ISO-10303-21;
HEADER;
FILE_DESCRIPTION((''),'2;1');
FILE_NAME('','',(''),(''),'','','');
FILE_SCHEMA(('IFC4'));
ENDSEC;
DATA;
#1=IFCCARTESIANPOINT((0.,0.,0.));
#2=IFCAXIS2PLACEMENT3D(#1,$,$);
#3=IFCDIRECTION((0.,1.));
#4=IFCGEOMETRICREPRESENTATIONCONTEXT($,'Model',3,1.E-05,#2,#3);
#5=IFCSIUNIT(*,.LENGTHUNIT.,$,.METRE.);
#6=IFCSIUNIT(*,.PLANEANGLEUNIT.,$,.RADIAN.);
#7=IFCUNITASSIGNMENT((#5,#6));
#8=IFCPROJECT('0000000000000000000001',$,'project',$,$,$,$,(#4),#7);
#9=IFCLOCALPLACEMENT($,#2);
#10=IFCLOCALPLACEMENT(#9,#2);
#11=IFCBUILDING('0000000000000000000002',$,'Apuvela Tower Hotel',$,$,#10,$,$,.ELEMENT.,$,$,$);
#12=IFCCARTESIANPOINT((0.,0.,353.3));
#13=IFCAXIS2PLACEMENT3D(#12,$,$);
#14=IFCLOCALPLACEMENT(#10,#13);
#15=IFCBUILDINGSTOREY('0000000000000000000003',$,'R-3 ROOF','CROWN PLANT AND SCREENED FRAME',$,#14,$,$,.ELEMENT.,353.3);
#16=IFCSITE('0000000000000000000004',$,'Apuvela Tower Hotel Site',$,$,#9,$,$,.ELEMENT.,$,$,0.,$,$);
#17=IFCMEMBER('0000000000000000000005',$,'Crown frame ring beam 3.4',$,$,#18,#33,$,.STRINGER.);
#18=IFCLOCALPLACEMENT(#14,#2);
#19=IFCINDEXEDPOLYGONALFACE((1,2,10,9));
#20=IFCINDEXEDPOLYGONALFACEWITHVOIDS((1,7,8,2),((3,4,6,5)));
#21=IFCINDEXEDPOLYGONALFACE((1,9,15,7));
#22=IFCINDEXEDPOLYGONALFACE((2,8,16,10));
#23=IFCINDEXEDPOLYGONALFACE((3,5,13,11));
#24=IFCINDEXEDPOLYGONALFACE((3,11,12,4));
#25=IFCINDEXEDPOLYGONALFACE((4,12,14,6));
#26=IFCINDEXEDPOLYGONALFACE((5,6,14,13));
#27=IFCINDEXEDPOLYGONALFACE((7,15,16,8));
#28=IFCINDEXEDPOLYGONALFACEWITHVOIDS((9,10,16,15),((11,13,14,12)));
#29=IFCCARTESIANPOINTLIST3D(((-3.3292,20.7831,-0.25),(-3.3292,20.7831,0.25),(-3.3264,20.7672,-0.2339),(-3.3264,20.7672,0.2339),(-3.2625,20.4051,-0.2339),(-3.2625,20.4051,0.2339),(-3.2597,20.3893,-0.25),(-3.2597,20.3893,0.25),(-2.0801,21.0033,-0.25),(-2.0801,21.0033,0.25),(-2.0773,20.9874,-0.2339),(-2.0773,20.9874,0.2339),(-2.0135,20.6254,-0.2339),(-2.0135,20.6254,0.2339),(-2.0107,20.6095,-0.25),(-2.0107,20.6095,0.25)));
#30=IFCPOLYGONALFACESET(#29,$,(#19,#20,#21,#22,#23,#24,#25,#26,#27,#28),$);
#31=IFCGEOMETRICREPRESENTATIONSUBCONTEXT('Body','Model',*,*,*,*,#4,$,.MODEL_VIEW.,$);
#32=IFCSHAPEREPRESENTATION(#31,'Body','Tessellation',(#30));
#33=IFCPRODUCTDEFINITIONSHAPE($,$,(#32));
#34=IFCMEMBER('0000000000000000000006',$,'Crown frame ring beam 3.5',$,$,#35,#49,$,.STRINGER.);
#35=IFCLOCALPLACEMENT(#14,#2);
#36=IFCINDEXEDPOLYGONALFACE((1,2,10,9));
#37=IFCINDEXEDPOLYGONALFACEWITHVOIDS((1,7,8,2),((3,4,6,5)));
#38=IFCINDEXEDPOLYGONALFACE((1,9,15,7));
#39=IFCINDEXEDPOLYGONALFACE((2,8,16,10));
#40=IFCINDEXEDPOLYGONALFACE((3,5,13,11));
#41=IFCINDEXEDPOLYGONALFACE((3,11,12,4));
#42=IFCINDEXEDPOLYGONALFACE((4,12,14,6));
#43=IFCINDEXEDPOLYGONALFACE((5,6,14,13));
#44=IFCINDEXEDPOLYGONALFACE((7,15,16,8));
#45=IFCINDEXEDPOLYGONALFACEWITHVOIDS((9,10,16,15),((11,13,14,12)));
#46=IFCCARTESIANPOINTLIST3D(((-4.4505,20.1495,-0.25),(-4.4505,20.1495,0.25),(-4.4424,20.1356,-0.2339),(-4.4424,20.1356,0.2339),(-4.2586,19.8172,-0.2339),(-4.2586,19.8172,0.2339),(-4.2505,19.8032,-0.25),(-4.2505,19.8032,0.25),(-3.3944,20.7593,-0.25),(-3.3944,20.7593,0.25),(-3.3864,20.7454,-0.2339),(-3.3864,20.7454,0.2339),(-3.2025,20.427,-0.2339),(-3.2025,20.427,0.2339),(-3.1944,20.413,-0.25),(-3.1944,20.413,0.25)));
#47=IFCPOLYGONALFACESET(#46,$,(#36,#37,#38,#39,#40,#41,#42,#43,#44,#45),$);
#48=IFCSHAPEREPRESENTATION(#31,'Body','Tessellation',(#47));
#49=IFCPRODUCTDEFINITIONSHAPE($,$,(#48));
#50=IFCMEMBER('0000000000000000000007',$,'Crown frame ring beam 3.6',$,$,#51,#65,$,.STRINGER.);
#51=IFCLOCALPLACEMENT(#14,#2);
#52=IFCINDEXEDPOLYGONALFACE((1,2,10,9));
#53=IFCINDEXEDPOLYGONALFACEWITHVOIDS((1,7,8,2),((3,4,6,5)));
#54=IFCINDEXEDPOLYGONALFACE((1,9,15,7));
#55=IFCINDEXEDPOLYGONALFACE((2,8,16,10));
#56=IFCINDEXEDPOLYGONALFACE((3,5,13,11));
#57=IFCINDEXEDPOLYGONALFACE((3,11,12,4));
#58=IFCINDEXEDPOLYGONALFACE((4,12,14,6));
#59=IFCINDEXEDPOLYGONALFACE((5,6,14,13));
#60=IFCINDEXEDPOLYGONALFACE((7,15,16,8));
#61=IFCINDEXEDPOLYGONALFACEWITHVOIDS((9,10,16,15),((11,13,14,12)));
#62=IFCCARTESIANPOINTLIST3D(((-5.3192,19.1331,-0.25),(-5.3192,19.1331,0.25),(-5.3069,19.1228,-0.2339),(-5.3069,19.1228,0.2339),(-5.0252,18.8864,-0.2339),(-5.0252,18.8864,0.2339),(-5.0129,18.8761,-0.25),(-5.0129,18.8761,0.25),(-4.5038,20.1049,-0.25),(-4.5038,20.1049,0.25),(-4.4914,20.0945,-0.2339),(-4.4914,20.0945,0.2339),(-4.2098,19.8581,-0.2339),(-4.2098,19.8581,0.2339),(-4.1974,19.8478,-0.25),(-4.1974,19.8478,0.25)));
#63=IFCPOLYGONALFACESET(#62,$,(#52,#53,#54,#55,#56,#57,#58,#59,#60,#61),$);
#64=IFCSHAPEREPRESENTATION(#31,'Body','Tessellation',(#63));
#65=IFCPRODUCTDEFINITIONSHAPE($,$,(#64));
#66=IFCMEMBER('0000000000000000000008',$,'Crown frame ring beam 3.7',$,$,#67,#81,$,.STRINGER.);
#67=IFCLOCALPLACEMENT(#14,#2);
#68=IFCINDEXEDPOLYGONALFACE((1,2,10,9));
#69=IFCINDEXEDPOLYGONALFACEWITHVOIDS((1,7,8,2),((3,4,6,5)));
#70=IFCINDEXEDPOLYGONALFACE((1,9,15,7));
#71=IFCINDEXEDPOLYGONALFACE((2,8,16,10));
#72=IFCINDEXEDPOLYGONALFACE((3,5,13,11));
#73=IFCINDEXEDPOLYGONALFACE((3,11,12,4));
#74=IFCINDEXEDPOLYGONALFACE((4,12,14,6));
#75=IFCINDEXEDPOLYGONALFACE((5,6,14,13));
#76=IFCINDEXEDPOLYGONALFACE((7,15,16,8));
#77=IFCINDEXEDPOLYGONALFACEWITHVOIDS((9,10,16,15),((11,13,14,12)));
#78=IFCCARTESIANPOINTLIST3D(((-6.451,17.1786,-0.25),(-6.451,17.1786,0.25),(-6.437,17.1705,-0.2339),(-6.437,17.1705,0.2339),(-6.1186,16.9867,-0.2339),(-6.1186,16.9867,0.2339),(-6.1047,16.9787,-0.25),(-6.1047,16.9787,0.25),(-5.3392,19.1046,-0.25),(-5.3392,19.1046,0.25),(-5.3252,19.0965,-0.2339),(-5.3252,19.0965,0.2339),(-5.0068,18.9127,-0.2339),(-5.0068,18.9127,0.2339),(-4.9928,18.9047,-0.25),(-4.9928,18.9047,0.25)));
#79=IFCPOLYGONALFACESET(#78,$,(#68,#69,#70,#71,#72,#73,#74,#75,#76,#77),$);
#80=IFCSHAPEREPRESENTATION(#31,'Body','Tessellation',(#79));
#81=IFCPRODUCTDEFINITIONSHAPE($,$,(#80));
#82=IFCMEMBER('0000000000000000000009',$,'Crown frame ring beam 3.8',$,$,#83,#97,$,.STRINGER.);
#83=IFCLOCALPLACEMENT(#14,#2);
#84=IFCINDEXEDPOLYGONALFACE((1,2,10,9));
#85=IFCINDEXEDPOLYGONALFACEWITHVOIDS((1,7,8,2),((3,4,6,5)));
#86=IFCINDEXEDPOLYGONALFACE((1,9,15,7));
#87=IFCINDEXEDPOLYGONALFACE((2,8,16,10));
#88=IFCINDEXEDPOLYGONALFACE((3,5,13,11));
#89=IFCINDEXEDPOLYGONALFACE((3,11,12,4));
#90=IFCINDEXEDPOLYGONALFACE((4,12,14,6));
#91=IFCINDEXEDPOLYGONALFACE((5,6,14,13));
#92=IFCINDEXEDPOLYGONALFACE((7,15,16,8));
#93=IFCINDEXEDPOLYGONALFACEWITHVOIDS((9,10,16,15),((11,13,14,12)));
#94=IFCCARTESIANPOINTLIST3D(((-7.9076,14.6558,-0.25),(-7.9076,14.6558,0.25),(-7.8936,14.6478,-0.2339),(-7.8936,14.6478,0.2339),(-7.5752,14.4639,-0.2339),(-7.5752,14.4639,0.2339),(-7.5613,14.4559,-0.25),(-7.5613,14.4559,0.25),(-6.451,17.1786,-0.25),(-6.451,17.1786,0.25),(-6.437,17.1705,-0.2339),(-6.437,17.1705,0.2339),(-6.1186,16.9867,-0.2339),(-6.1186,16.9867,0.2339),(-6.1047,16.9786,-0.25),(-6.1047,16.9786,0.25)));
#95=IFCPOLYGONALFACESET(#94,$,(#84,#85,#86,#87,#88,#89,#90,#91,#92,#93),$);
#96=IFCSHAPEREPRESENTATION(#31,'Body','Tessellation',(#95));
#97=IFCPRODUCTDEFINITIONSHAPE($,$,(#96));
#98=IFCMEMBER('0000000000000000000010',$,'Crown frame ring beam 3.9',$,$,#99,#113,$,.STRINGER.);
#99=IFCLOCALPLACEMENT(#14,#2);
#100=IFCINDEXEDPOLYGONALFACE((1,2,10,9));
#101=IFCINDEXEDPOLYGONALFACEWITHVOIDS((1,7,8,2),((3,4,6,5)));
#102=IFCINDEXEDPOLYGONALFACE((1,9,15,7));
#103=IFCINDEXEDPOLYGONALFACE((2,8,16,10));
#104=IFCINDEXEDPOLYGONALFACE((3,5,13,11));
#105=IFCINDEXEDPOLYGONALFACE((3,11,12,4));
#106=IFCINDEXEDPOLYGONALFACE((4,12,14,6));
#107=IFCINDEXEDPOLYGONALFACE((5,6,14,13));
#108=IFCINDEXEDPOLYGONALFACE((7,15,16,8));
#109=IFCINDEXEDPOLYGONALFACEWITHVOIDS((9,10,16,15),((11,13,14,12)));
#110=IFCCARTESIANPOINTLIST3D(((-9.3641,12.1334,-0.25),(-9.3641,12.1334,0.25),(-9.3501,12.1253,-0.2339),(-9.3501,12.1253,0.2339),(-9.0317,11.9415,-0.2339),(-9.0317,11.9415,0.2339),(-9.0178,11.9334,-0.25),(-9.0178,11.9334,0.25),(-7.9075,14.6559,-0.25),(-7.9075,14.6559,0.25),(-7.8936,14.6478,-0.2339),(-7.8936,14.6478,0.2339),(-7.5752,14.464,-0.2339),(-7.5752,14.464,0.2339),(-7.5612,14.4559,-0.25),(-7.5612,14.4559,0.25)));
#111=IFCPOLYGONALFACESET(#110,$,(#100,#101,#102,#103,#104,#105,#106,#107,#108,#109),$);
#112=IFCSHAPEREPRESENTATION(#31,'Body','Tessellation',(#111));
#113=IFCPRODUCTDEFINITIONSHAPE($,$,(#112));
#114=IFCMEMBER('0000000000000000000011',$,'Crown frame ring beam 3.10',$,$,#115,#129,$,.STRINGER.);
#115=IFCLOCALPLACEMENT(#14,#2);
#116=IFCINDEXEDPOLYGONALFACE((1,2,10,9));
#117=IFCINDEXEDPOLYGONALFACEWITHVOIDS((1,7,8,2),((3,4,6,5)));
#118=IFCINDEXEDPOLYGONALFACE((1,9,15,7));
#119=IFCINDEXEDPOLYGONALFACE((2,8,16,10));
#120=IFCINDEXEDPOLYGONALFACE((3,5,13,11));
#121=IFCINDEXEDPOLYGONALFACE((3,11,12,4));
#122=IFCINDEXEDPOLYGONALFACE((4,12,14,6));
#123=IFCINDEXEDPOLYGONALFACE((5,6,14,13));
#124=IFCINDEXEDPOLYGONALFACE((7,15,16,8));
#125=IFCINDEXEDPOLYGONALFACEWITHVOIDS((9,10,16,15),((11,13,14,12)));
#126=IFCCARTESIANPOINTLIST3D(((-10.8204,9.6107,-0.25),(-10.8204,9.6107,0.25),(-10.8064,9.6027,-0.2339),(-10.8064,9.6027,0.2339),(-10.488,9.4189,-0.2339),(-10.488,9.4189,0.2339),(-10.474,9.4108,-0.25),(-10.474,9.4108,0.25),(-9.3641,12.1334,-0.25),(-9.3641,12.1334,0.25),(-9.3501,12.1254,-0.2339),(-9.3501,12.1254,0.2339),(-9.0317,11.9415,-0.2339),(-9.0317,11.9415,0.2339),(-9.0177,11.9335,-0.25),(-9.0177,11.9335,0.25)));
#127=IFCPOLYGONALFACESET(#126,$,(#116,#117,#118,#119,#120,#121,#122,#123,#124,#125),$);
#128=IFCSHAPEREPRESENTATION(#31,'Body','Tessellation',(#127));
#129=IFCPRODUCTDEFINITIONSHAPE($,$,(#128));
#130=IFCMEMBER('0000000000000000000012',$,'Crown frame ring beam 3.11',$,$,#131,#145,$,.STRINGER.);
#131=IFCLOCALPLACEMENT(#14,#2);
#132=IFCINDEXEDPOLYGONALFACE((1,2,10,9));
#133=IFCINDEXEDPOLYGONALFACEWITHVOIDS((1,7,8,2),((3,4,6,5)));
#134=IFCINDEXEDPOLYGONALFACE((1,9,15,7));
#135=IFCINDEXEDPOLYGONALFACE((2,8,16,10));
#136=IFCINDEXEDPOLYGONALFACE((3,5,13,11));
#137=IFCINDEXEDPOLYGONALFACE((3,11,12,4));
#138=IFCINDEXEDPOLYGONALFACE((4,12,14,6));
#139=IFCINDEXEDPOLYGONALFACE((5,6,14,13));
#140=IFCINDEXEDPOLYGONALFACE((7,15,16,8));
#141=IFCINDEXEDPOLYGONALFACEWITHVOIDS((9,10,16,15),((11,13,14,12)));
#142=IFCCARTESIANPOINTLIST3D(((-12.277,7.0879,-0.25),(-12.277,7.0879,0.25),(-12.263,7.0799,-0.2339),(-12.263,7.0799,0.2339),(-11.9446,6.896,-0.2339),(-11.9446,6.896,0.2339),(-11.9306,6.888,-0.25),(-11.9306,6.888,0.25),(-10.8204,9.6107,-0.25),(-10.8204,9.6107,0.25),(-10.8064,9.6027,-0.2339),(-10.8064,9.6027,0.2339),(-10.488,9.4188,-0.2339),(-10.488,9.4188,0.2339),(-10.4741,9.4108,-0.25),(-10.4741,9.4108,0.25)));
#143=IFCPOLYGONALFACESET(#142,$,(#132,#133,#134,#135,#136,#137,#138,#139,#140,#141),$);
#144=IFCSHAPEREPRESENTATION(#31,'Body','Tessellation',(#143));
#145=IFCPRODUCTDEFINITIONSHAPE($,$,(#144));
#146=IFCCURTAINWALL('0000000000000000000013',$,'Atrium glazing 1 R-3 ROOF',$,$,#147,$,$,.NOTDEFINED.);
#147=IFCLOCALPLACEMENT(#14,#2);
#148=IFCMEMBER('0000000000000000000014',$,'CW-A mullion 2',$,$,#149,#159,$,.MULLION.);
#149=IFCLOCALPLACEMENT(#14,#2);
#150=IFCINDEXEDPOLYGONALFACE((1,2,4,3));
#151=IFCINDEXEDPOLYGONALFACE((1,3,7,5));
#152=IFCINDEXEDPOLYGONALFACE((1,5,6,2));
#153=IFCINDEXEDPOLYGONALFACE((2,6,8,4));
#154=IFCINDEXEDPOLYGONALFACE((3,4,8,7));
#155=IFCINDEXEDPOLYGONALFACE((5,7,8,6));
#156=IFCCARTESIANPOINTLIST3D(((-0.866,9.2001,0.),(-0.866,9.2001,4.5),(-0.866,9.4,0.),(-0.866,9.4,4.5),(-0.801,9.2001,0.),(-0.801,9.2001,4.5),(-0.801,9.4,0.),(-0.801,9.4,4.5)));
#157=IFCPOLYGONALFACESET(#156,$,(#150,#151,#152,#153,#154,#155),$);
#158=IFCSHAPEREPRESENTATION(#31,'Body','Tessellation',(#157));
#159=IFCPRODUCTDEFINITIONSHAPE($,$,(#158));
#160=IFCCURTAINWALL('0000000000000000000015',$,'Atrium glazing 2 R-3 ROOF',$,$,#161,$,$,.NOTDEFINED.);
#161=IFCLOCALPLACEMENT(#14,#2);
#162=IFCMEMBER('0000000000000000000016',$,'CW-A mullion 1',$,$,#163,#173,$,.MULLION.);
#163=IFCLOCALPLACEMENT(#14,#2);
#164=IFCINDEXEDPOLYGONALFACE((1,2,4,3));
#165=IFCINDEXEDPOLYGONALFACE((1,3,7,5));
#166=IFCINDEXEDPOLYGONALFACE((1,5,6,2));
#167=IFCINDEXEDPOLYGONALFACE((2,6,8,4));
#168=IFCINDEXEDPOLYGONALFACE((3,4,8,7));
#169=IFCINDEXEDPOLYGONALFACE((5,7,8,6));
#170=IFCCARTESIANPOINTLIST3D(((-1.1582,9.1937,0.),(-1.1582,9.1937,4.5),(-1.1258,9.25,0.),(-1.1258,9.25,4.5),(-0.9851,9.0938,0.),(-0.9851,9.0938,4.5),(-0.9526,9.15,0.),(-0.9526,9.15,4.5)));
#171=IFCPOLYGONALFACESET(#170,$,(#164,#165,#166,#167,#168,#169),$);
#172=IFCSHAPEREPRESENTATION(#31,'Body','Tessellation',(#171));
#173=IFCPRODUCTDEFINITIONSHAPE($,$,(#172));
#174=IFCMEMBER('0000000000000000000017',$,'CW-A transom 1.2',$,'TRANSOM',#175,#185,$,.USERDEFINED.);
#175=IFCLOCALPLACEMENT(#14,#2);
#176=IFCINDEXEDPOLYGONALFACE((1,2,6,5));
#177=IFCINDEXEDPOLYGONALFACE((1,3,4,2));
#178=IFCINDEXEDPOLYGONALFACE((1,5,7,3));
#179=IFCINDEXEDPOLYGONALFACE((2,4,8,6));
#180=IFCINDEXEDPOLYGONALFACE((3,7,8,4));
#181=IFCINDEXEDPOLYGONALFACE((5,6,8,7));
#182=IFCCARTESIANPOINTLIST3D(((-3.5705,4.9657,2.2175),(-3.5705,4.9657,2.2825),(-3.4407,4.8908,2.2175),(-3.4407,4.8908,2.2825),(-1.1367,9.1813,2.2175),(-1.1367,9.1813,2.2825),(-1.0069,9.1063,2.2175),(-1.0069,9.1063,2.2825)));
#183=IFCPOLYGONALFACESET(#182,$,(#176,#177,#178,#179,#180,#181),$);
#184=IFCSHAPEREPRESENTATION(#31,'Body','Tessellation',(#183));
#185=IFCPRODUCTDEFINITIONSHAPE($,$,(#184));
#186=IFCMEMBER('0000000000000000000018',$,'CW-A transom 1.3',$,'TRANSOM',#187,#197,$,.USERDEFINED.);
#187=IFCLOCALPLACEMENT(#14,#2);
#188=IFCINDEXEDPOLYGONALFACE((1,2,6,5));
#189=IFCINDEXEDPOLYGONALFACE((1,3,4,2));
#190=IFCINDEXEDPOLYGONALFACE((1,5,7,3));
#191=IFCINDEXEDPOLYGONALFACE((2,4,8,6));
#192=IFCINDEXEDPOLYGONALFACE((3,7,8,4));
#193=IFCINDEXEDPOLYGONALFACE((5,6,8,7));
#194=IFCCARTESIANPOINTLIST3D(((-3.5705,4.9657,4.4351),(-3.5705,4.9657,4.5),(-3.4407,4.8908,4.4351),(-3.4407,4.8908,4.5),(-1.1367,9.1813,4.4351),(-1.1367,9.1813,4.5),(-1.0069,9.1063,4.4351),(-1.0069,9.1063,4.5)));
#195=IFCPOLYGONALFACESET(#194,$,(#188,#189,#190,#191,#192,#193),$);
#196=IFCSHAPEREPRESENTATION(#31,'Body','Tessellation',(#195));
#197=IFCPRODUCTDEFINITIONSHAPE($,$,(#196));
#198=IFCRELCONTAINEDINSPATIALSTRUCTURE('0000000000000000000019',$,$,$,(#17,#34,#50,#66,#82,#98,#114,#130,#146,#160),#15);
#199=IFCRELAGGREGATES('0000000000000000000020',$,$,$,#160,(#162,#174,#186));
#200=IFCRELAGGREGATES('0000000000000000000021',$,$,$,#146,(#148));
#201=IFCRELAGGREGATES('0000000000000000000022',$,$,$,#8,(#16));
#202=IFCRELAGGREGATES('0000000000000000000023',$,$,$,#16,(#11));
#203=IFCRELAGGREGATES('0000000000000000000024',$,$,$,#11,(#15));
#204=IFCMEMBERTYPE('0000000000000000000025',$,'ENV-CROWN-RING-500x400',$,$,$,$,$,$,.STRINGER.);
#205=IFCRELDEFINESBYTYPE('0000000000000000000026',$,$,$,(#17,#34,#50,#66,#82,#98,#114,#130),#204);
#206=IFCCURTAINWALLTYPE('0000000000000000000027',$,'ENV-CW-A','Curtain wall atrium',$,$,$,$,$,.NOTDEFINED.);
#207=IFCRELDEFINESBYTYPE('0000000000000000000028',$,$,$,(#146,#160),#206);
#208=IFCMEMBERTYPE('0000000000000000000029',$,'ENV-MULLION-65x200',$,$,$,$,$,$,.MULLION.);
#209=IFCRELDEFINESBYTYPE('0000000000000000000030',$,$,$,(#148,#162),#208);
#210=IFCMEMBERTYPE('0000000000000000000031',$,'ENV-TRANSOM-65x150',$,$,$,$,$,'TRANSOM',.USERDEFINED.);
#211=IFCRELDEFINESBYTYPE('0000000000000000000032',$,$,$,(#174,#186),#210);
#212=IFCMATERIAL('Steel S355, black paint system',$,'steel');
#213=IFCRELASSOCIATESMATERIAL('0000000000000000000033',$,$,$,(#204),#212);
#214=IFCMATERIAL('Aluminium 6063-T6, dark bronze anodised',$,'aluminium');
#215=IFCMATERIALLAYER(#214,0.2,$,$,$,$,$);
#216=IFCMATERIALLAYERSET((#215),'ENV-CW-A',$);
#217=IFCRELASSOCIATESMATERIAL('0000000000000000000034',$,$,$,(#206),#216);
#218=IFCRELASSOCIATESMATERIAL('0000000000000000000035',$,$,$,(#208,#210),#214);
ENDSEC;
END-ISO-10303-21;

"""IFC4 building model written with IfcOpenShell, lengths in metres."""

from ifc_helpers import new_model, si_unit, direction, frame, origin, origin_2d, place, context, subcontext, project, spatial, rectangle, hollow_rectangle, extrude, material, layer, layer_set, material_profile, profile_set, type_object, element, aggregate, save


model = new_model("IFC4")

# Units and contexts
model_context = context("Model", 3, precision=1e-05, world=origin(), true_north=direction((0.0, 1.0)))
body_context = subcontext(model_context, "Body", "Model", "MODEL_VIEW")
ifc_project = project(units=[si_unit("LENGTHUNIT", "METRE"), si_unit("PLANEANGLEUNIT", "RADIAN")], contexts=[model_context])

# Site, building, storey
site_placement = place(None, origin())
site = spatial("IfcSite", under=ifc_project, at=site_placement, Name="Apuvela Tower Hotel Site", CompositionType="ELEMENT", RefElevation=0.0)
building_placement = place(site_placement, origin())
building = spatial("IfcBuilding", under=site, at=building_placement, Name="Apuvela Tower Hotel", CompositionType="ELEMENT")
storey_placement = place(building_placement, frame((0.0, 0.0, 353.3)))
storey = spatial("IfcBuildingStorey", under=building, at=storey_placement, Name="R-3 ROOF", Description="CROWN PLANT AND SCREENED FRAME", CompositionType="ELEMENT", Elevation=353.3)

# Members
ifc_material_1 = material(Name="Steel S355, black paint system", Category="steel")
ifc_material_profile_1 = material_profile(ifc_material_1, hollow_rectangle(XDim=0.3999, YDim=0.5, WallThickness=0.0161, at=origin_2d()), Name="HSS 500x400x16")
ifc_profile_set_1 = profile_set([ifc_material_profile_1], Name="Steel S355, black paint system")
member_type_1 = type_object("IfcMemberType", Name="ENV-CROWN-RING-500x400", PredefinedType="STRINGER", material=ifc_profile_set_1)
member_1_placement = place(storey_placement, frame((-2.0454, 20.8064, 0.0), z_axis=(-0.984811, -0.173632, 0.0), x_axis=(0.173632, -0.984811, 0.0)))
element("IfcMember", 1, at=member_1_placement, inside=storey, type_object=member_type_1, Name="Crown frame ring beam 3.4", PredefinedType="STRINGER", context=body_context, shape_type="SweptSolid", body=[
    extrude(hollow_rectangle(XDim=0.3999, YDim=0.5, WallThickness=0.0161, at=origin_2d()), origin(), (0.0, 0.0, 1.0), 1.2683),
])
member_2_placement = place(storey_placement, frame((-3.2944, 20.5862, 0.0), z_axis=(-0.865992, -0.500057, 0.0), x_axis=(0.500057, -0.865992, 0.0)))
element("IfcMember", 2, at=member_2_placement, inside=storey, type_object=member_type_1, Name="Crown frame ring beam 3.5", PredefinedType="STRINGER", context=body_context, shape_type="SweptSolid", body=[
    extrude(hollow_rectangle(XDim=0.3999, YDim=0.5, WallThickness=0.0161, at=origin_2d()), origin(), (0.0, 0.0, 1.0), 1.2195),
])
member_3_placement = place(storey_placement, frame((-4.3506, 19.9763, 0.0), z_axis=(-0.642831, -0.766008, 0.0), x_axis=(0.766008, -0.642831, 0.0)))
element("IfcMember", 3, at=member_3_placement, inside=storey, type_object=member_type_1, Name="Crown frame ring beam 3.6", PredefinedType="STRINGER", context=body_context, shape_type="SweptSolid", body=[
    extrude(hollow_rectangle(XDim=0.3999, YDim=0.5, WallThickness=0.0161, at=origin_2d()), origin(), (0.0, 0.0, 1.0), 1.2686),
])
member_4_placement = place(storey_placement, frame((-5.166, 19.0046, 0.0), z_axis=(-0.499941, -0.866059, 0.0), x_axis=(0.866059, -0.499941, 0.0)))
element("IfcMember", 4, at=member_4_placement, inside=storey, type_object=member_type_1, Name="Crown frame ring beam 3.7", PredefinedType="STRINGER", context=body_context, shape_type="SweptSolid", body=[
    extrude(hollow_rectangle(XDim=0.3999, YDim=0.5, WallThickness=0.0161, at=origin_2d()), origin(), (0.0, 0.0, 1.0), 2.2239),
])
member_5_placement = place(storey_placement, frame((-6.2778, 17.0786, 0.0), z_axis=(-0.500015, -0.866017, 0.0), x_axis=(0.866017, -0.500015, 0.0)))
element("IfcMember", 5, at=member_5_placement, inside=storey, type_object=member_type_1, Name="Crown frame ring beam 3.8", PredefinedType="STRINGER", context=body_context, shape_type="SweptSolid", body=[
    extrude(hollow_rectangle(XDim=0.3999, YDim=0.5, WallThickness=0.0161, at=origin_2d()), origin(), (0.0, 0.0, 1.0), 2.9131),
])
for number, where, z_axis, x_axis, name in (
    (6, (-7.7344, 14.5559, 0.0), (-0.500051, -0.865996, 0.0), (0.865996, -0.500051, 0.0), "Crown frame ring beam 3.9"),
    (7, (-9.1909, 12.0334, 0.0), (-0.499952, -0.866053, 0.0), (0.866053, -0.499952, 0.0), "Crown frame ring beam 3.10"),
):
    element("IfcMember", number, at=place(storey_placement, frame(where, z_axis=z_axis, x_axis=x_axis)), inside=storey, type_object=member_type_1, Name=name, PredefinedType="STRINGER", context=body_context, shape_type="SweptSolid", body=[
        extrude(hollow_rectangle(XDim=0.3999, YDim=0.5, WallThickness=0.0161, at=origin_2d()), origin(), (0.0, 0.0, 1.0), 2.9128),
    ])
member_6_placement = place(storey_placement, frame((-10.6472, 9.5107, 0.0), z_axis=(-0.500015, -0.866017, 0.0), x_axis=(0.866017, -0.500015, 0.0)))
element("IfcMember", 8, at=member_6_placement, inside=storey, type_object=member_type_1, Name="Crown frame ring beam 3.11", PredefinedType="STRINGER", context=body_context, shape_type="SweptSolid", body=[
    extrude(hollow_rectangle(XDim=0.3999, YDim=0.5, WallThickness=0.0161, at=origin_2d()), origin(), (0.0, 0.0, 1.0), 2.9131),
])

# Curtain wall, member
ifc_material_2 = material(Name="Aluminium 6063-T6, dark bronze anodised", Category="aluminium")
ifc_layer_1 = layer(ifc_material_2, 0.2)
ifc_layer_set_1 = layer_set([ifc_layer_1], Name="ENV-CW-A")
curtain_wall_type = type_object("IfcCurtainWallType", Name="ENV-CW-A", Description="Curtain wall atrium", PredefinedType="NOTDEFINED", material=ifc_layer_set_1)
curtain_wall_1_placement = place(storey_placement, origin())
curtain_wall_1 = element("IfcCurtainWall", 9, at=curtain_wall_1_placement, inside=storey, type_object=curtain_wall_type, Name="Atrium glazing 1 R-3 ROOF", PredefinedType="NOTDEFINED")
ifc_material_profile_2 = material_profile(ifc_material_2, rectangle(XDim=0.2, YDim=0.0649, at=origin_2d()), Name="AL 65x200")
ifc_profile_set_2 = profile_set([ifc_material_profile_2], Name="Aluminium 6063-T6, dark bronze anodised")
member_type_2 = type_object("IfcMemberType", Name="ENV-MULLION-65x200", PredefinedType="MULLION", material=ifc_profile_set_2)
member_7_placement = place(storey_placement, frame((-0.8335, 9.3, 0.0), z_axis=(0.0, 0.0, 1.0), x_axis=(0.0, -1.0, 0.0)))
member_7 = element("IfcMember", 10, at=member_7_placement, type_object=member_type_2, Name="CW-A mullion 2", PredefinedType="MULLION", context=body_context, shape_type="SweptSolid", body=[
    extrude(rectangle(XDim=0.2, YDim=0.0649, at=origin_2d()), origin(), (0.0, 0.0, 1.0), 4.5),
])

# Curtain wall, members
curtain_wall_2_placement = place(storey_placement, origin())
curtain_wall_2 = element("IfcCurtainWall", 11, at=curtain_wall_2_placement, inside=storey, type_object=curtain_wall_type, Name="Atrium glazing 2 R-3 ROOF", PredefinedType="NOTDEFINED")
member_8_placement = place(storey_placement, frame((-1.0554, 9.1719, 0.0), z_axis=(0.0, 0.0, 1.0), x_axis=(0.866026, -0.499999, 0.0)))
member_8 = element("IfcMember", 12, at=member_8_placement, type_object=member_type_2, Name="CW-A mullion 1", PredefinedType="MULLION", context=body_context, shape_type="SweptSolid", body=[
    extrude(rectangle(XDim=0.2, YDim=0.0649, at=origin_2d()), origin(), (0.0, 0.0, 1.0), 4.5),
])
ifc_material_profile_3 = material_profile(ifc_material_2, rectangle(XDim=0.1499, YDim=0.0649, at=origin_2d()), Name="AL 65x150 transom")
ifc_profile_set_3 = profile_set([ifc_material_profile_3], Name="Aluminium 6063-T6, dark bronze anodised")
member_type_3 = type_object("IfcMemberType", Name="ENV-TRANSOM-65x150", ElementType="TRANSOM", PredefinedType="USERDEFINED", material=ifc_profile_set_3)
member_9_placement = place(storey_placement, frame((-1.0718, 9.1438, 2.25), z_axis=(-0.499996, -0.866028, 0.0), x_axis=(0.866028, -0.499996, 0.0)))
member_9 = element("IfcMember", 13, at=member_9_placement, type_object=member_type_3, Name="CW-A transom 1.2", ObjectType="TRANSOM", PredefinedType="USERDEFINED", context=body_context, shape_type="SweptSolid", body=[
    extrude(rectangle(XDim=0.1499, YDim=0.0649, at=origin_2d()), origin(), (0.0, 0.0, 1.0), 4.8677),
])
member_10_placement = place(storey_placement, frame((-1.0718, 9.1438, 4.4675), z_axis=(-0.499996, -0.866028, 0.0), x_axis=(0.866028, -0.499996, 0.0)))
member_10 = element("IfcMember", 14, at=member_10_placement, type_object=member_type_3, Name="CW-A transom 1.3", ObjectType="TRANSOM", PredefinedType="USERDEFINED", context=body_context, shape_type="SweptSolid", body=[
    extrude(rectangle(XDim=0.1499, YDim=0.0649, at=origin_2d()), origin(), (0.0, 0.0, 1.0), 4.8677),
])
aggregate(curtain_wall_2, [member_8, member_9, member_10])

aggregate(curtain_wall_1, [member_7])

save(model, "model.ifc")
